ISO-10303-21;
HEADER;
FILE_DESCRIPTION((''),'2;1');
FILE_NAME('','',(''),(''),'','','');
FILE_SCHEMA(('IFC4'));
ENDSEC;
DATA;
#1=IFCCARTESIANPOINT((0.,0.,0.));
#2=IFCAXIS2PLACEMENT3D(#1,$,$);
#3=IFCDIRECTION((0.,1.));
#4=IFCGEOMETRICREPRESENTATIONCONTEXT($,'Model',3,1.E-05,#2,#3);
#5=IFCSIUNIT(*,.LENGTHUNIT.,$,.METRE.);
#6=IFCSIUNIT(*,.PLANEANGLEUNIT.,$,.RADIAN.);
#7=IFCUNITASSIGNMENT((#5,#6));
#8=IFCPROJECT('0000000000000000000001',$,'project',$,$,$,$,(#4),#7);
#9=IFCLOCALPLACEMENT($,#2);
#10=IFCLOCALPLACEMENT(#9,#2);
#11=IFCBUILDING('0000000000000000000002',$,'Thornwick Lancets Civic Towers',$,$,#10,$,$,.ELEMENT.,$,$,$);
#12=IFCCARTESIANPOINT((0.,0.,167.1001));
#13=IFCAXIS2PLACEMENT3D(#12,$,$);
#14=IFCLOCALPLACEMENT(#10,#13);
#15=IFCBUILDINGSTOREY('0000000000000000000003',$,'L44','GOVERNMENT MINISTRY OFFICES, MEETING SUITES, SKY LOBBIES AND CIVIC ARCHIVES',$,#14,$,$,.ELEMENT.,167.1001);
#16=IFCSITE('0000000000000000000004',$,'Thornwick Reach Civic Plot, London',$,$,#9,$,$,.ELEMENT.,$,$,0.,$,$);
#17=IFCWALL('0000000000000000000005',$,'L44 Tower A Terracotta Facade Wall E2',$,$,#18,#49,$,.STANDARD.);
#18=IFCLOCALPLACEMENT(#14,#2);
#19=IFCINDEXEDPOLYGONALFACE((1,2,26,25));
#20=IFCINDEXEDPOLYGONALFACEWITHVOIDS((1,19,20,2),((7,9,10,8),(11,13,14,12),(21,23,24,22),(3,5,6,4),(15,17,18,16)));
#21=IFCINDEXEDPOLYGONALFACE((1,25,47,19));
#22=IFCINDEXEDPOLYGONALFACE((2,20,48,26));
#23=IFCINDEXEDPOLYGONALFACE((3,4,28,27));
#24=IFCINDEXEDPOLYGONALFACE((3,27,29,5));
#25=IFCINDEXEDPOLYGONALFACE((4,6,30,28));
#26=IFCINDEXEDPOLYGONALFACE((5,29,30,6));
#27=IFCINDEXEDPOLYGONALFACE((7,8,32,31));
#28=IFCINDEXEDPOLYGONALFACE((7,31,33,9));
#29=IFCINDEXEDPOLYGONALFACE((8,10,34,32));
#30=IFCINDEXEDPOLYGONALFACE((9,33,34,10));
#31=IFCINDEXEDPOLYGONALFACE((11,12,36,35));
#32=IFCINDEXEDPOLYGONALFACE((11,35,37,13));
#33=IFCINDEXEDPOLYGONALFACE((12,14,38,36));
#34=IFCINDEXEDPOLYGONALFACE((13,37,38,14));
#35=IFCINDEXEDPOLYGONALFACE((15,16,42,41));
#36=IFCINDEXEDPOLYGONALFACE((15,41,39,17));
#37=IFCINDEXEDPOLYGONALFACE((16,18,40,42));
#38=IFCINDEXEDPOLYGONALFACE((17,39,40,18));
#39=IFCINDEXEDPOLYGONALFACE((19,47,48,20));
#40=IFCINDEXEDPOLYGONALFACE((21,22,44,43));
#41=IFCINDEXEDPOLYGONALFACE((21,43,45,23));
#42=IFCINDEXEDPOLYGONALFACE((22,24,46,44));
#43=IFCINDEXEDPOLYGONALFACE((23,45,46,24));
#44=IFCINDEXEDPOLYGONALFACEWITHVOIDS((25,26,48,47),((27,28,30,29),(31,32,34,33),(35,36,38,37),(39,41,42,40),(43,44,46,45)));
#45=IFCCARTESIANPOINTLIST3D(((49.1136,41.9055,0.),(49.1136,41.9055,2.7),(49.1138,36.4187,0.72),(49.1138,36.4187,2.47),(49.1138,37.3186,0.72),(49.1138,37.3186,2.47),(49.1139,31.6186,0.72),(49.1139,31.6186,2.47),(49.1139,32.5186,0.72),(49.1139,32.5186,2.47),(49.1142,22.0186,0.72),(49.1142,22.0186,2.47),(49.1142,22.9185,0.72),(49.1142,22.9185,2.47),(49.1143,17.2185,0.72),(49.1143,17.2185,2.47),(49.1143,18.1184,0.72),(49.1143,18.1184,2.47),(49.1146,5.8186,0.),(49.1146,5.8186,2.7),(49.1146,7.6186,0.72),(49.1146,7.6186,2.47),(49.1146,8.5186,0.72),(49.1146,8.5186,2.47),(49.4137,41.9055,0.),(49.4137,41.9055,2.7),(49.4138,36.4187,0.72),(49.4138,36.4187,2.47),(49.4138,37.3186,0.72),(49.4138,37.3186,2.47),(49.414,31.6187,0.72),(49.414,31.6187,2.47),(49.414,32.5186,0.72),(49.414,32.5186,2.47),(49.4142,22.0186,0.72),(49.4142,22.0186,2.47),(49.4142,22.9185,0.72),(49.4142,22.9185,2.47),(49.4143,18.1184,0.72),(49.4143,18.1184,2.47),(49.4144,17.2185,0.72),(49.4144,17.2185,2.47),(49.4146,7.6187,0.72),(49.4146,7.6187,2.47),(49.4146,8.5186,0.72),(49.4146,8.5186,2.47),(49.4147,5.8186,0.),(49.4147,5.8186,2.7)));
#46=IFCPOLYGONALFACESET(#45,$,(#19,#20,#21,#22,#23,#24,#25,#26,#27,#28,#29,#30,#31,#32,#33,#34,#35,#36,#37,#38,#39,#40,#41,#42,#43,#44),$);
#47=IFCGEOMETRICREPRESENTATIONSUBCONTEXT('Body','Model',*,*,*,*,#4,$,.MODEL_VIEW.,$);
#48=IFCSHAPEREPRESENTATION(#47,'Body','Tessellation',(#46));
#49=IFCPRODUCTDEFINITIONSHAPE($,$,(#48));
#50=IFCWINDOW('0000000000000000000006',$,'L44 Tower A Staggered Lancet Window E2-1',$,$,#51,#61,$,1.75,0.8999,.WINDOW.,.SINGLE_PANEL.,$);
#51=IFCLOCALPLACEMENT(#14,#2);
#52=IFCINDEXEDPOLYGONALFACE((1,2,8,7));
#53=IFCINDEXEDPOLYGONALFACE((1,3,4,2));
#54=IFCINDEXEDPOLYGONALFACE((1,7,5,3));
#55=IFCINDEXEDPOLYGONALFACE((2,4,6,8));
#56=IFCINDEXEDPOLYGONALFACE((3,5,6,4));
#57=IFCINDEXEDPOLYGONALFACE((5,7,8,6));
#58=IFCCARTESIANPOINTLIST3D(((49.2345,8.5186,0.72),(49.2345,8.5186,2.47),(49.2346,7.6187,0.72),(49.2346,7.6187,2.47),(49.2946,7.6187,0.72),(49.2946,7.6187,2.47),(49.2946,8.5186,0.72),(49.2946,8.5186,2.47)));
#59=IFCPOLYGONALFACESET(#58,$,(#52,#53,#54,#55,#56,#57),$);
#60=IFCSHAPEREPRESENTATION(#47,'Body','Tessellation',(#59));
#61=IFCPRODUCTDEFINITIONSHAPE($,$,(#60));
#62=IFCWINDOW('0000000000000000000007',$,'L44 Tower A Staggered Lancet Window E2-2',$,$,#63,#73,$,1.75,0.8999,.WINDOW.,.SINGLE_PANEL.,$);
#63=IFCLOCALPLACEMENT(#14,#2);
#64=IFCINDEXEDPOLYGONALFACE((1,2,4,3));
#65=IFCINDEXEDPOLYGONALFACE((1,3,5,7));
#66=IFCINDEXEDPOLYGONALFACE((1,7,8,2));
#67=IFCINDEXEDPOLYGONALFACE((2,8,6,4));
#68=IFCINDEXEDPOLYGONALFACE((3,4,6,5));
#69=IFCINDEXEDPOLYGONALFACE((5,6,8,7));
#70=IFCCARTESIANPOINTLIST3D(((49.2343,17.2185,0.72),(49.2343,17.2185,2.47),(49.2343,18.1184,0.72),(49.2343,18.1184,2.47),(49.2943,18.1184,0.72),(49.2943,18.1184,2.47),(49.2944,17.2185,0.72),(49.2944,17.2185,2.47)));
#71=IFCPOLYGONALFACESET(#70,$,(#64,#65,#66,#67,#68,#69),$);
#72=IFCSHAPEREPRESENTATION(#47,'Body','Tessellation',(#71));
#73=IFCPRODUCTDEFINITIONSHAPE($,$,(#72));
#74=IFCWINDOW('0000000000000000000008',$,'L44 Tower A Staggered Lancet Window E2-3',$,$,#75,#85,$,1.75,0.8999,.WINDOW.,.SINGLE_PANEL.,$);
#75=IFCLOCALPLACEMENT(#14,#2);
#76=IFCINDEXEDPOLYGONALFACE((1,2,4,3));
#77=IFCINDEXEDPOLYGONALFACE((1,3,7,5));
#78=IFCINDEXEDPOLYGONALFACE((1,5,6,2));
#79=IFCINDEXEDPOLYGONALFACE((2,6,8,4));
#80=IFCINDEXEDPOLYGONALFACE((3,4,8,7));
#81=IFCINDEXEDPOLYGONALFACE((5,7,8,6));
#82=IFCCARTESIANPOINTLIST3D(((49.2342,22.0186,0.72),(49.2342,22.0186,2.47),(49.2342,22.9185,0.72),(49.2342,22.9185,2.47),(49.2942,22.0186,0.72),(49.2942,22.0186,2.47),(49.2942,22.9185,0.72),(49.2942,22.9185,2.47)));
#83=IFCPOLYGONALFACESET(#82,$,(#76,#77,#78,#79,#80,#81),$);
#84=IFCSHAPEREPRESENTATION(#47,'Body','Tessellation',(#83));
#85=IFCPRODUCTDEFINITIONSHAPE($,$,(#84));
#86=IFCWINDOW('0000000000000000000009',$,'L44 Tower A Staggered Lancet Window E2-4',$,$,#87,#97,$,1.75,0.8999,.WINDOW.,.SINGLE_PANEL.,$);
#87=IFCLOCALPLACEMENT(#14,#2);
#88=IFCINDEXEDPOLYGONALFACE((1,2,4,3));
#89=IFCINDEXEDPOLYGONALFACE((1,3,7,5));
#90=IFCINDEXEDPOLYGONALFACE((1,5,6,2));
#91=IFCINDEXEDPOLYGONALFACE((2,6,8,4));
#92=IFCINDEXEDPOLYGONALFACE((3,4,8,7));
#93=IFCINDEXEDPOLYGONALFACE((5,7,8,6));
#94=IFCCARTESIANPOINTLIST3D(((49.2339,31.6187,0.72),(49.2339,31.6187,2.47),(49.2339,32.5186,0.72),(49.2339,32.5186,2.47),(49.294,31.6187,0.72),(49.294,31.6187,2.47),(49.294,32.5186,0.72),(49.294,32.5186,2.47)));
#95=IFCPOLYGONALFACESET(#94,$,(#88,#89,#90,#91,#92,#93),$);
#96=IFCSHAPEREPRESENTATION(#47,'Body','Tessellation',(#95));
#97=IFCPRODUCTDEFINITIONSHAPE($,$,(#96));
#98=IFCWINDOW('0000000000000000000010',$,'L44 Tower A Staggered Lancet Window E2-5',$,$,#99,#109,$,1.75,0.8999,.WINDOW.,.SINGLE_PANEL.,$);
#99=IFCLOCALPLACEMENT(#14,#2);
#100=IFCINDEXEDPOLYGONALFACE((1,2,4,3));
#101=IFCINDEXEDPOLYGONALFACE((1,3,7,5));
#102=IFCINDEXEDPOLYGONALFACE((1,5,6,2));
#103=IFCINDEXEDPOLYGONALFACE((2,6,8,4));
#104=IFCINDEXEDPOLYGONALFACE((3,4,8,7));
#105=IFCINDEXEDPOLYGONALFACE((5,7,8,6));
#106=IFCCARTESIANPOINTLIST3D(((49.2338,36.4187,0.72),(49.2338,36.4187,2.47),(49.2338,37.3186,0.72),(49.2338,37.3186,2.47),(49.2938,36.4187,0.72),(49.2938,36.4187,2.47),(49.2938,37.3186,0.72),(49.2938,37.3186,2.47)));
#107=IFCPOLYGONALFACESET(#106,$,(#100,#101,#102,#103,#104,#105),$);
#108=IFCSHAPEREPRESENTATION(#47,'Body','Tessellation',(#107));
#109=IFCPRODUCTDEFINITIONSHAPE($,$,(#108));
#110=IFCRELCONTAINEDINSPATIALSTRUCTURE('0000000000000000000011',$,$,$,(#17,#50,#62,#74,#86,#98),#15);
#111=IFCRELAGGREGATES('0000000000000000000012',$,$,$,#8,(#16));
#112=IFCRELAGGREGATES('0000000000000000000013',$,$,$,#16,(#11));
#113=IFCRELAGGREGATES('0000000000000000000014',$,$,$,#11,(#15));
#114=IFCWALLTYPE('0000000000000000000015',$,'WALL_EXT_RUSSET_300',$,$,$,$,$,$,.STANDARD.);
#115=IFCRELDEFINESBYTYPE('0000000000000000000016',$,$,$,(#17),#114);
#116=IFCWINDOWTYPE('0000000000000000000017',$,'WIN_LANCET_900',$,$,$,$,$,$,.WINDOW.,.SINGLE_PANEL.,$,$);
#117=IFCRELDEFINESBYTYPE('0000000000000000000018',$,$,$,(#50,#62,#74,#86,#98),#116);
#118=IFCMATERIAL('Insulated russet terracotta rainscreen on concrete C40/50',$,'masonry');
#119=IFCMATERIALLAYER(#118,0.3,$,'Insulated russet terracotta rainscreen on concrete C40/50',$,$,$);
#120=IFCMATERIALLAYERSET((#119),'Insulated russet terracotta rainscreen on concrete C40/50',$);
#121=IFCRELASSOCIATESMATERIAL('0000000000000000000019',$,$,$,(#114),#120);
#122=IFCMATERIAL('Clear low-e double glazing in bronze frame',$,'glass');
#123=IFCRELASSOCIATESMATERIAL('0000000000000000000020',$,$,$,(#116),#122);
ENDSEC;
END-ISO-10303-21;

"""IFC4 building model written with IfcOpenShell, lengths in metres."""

from ifc_helpers import new_model, si_unit, direction, frame, frame_2d, origin, place, context, subcontext, project, spatial, rectangle, extrude, material, layer, layer_set, type_object, element, fill, save


model = new_model("IFC4")

# Units and contexts
model_context = context("Model", 3, precision=1e-05, world=origin(), true_north=direction((0.0, 1.0)))
body_context = subcontext(model_context, "Body", "Model", "MODEL_VIEW")
ifc_project = project(units=[si_unit("LENGTHUNIT", "METRE"), si_unit("PLANEANGLEUNIT", "RADIAN")], contexts=[model_context])

# Site, building, storey
site_placement = place(None, origin())
site = spatial("IfcSite", under=ifc_project, at=site_placement, Name="Thornwick Reach Civic Plot, London", CompositionType="ELEMENT", RefElevation=0.0)
building_placement = place(site_placement, origin())
building = spatial("IfcBuilding", under=site, at=building_placement, Name="Thornwick Lancets Civic Towers", CompositionType="ELEMENT")
storey_placement = place(building_placement, frame((0.0, 0.0, 167.1001)))
storey = spatial("IfcBuildingStorey", under=building, at=storey_placement, Name="L44", Description="GOVERNMENT MINISTRY OFFICES, MEETING SUITES, SKY LOBBIES AND CIVIC ARCHIVES", CompositionType="ELEMENT", Elevation=167.1001)

# Wall, openings, windows
ifc_material_1 = material(Name="Insulated russet terracotta rainscreen on concrete C40/50", Category="masonry")
ifc_layer_1 = layer(ifc_material_1, 0.3, Name="Insulated russet terracotta rainscreen on concrete C40/50")
ifc_layer_set_1 = layer_set([ifc_layer_1], Name="Insulated russet terracotta rainscreen on concrete C40/50")
wall_type_1 = type_object("IfcWallType", Name="WALL_EXT_RUSSET_300", PredefinedType="STANDARD", material=ifc_layer_set_1)
wall_1_placement = place(storey_placement, frame((49.2646, 5.8186, 0.0), z_axis=(0.0, 0.0, 1.0), x_axis=(-0.000027, 1.0, 0.0)))
wall_1 = element("IfcWall", 1, at=wall_1_placement, inside=storey, type_object=wall_type_1, Name="L44 Tower A Terracotta Facade Wall E2", PredefinedType="STANDARD", context=body_context, shape_type="SweptSolid", body=[
    extrude(rectangle(XDim=36.0869, YDim=0.3, at=frame_2d((18.0435, 0.0))), origin(), (0.0, 0.0, 1.0), 2.7),
])
opening_1_placement = place(wall_1_placement, frame((1.8, 0.0, 0.72)))
opening_1 = element("IfcOpeningElement", 2, at=opening_1_placement, cuts=wall_1, PredefinedType="OPENING", context=body_context, shape_type="SweptSolid", body=[
    extrude(rectangle(XDim=0.8999, YDim=1.75, at=frame_2d((0.45, 0.875))), frame((0.0, 0.1602, 0.0), z_axis=(0.0, -1.0, 0.0), x_axis=(1.0, 0.0, 0.0)), (0.0, 0.0, 1.0), 0.3201),
])
opening_2_placement = place(wall_1_placement, frame((11.3999, 0.0, 0.72)))
opening_2 = element("IfcOpeningElement", 3, at=opening_2_placement, cuts=wall_1, PredefinedType="OPENING", context=body_context, shape_type="SweptSolid", body=[
    extrude(rectangle(XDim=0.8999, YDim=1.75, at=frame_2d((0.45, 0.875))), frame((0.0, 0.1602, 0.0), z_axis=(0.0, -1.0, 0.0), x_axis=(1.0, 0.0, 0.0)), (0.0, 0.0, 1.0), 0.3201),
])
opening_3_placement = place(wall_1_placement, frame((16.2, 0.0, 0.72)))
opening_3 = element("IfcOpeningElement", 4, at=opening_3_placement, cuts=wall_1, PredefinedType="OPENING", context=body_context, shape_type="SweptSolid", body=[
    extrude(rectangle(XDim=0.8999, YDim=1.75, at=frame_2d((0.45, 0.875))), frame((0.0, 0.1602, 0.0), z_axis=(0.0, -1.0, 0.0), x_axis=(1.0, 0.0, 0.0)), (0.0, 0.0, 1.0), 0.3201),
])
opening_4_placement = place(wall_1_placement, frame((25.8, 0.0, 0.72)))
opening_4 = element("IfcOpeningElement", 5, at=opening_4_placement, cuts=wall_1, PredefinedType="OPENING", context=body_context, shape_type="SweptSolid", body=[
    extrude(rectangle(XDim=0.8999, YDim=1.75, at=frame_2d((0.45, 0.875))), frame((0.0, 0.1602, 0.0), z_axis=(0.0, -1.0, 0.0), x_axis=(1.0, 0.0, 0.0)), (0.0, 0.0, 1.0), 0.3201),
])
opening_5_placement = place(wall_1_placement, frame((30.6001, 0.0, 0.72)))
opening_5 = element("IfcOpeningElement", 6, at=opening_5_placement, cuts=wall_1, PredefinedType="OPENING", context=body_context, shape_type="SweptSolid", body=[
    extrude(rectangle(XDim=0.8999, YDim=1.75, at=frame_2d((0.45, 0.875))), frame((0.0, 0.1602, 0.0), z_axis=(0.0, -1.0, 0.0), x_axis=(1.0, 0.0, 0.0)), (0.0, 0.0, 1.0), 0.3201),
])
ifc_material_2 = material(Name="Clear low-e double glazing in bronze frame", Category="glass")
window_type = type_object("IfcWindowType", Name="WIN_LANCET_900", PartitioningType="SINGLE_PANEL", PredefinedType="WINDOW", material=ifc_material_2)
window_1_placement = place(opening_1_placement, origin())
window_1 = element("IfcWindow", 7, at=window_1_placement, inside=storey, type_object=window_type, Name="L44 Tower A Staggered Lancet Window E2-1", OverallHeight=1.75, OverallWidth=0.8999, PartitioningType="SINGLE_PANEL", PredefinedType="WINDOW", context=body_context, shape_type="SweptSolid", body=[
    extrude(rectangle(XDim=0.8999, YDim=1.75, at=frame_2d((0.45, 0.875))), frame((0.0, 0.03, 0.0), z_axis=(0.0, -1.0, 0.0), x_axis=(1.0, 0.0, 0.0)), (0.0, 0.0, 1.0), 0.0601),
])
fill(opening_1, window_1)
window_2_placement = place(opening_2_placement, origin())
window_2 = element("IfcWindow", 8, at=window_2_placement, inside=storey, type_object=window_type, Name="L44 Tower A Staggered Lancet Window E2-2", OverallHeight=1.75, OverallWidth=0.8999, PartitioningType="SINGLE_PANEL", PredefinedType="WINDOW", context=body_context, shape_type="SweptSolid", body=[
    extrude(rectangle(XDim=0.8999, YDim=1.75, at=frame_2d((0.45, 0.875))), frame((0.0, 0.03, 0.0), z_axis=(0.0, -1.0, 0.0), x_axis=(1.0, 0.0, 0.0)), (0.0, 0.0, 1.0), 0.0601),
])
fill(opening_2, window_2)
window_3_placement = place(opening_3_placement, origin())
window_3 = element("IfcWindow", 9, at=window_3_placement, inside=storey, type_object=window_type, Name="L44 Tower A Staggered Lancet Window E2-3", OverallHeight=1.75, OverallWidth=0.8999, PartitioningType="SINGLE_PANEL", PredefinedType="WINDOW", context=body_context, shape_type="SweptSolid", body=[
    extrude(rectangle(XDim=0.8999, YDim=1.75, at=frame_2d((0.45, 0.875))), frame((0.0, 0.03, 0.0), z_axis=(0.0, -1.0, 0.0), x_axis=(1.0, 0.0, 0.0)), (0.0, 0.0, 1.0), 0.0601),
])
fill(opening_3, window_3)
window_4_placement = place(opening_4_placement, origin())
window_4 = element("IfcWindow", 10, at=window_4_placement, inside=storey, type_object=window_type, Name="L44 Tower A Staggered Lancet Window E2-4", OverallHeight=1.75, OverallWidth=0.8999, PartitioningType="SINGLE_PANEL", PredefinedType="WINDOW", context=body_context, shape_type="SweptSolid", body=[
    extrude(rectangle(XDim=0.8999, YDim=1.75, at=frame_2d((0.45, 0.875))), frame((0.0, 0.03, 0.0), z_axis=(0.0, -1.0, 0.0), x_axis=(1.0, 0.0, 0.0)), (0.0, 0.0, 1.0), 0.0601),
])
fill(opening_4, window_4)
window_5_placement = place(opening_5_placement, origin())
window_5 = element("IfcWindow", 11, at=window_5_placement, inside=storey, type_object=window_type, Name="L44 Tower A Staggered Lancet Window E2-5", OverallHeight=1.75, OverallWidth=0.8999, PartitioningType="SINGLE_PANEL", PredefinedType="WINDOW", context=body_context, shape_type="SweptSolid", body=[
    extrude(rectangle(XDim=0.8999, YDim=1.75, at=frame_2d((0.45, 0.875))), frame((0.0, 0.03, 0.0), z_axis=(0.0, -1.0, 0.0), x_axis=(1.0, 0.0, 0.0)), (0.0, 0.0, 1.0), 0.0601),
])
fill(opening_5, window_5)

save(model, "model.ifc")
